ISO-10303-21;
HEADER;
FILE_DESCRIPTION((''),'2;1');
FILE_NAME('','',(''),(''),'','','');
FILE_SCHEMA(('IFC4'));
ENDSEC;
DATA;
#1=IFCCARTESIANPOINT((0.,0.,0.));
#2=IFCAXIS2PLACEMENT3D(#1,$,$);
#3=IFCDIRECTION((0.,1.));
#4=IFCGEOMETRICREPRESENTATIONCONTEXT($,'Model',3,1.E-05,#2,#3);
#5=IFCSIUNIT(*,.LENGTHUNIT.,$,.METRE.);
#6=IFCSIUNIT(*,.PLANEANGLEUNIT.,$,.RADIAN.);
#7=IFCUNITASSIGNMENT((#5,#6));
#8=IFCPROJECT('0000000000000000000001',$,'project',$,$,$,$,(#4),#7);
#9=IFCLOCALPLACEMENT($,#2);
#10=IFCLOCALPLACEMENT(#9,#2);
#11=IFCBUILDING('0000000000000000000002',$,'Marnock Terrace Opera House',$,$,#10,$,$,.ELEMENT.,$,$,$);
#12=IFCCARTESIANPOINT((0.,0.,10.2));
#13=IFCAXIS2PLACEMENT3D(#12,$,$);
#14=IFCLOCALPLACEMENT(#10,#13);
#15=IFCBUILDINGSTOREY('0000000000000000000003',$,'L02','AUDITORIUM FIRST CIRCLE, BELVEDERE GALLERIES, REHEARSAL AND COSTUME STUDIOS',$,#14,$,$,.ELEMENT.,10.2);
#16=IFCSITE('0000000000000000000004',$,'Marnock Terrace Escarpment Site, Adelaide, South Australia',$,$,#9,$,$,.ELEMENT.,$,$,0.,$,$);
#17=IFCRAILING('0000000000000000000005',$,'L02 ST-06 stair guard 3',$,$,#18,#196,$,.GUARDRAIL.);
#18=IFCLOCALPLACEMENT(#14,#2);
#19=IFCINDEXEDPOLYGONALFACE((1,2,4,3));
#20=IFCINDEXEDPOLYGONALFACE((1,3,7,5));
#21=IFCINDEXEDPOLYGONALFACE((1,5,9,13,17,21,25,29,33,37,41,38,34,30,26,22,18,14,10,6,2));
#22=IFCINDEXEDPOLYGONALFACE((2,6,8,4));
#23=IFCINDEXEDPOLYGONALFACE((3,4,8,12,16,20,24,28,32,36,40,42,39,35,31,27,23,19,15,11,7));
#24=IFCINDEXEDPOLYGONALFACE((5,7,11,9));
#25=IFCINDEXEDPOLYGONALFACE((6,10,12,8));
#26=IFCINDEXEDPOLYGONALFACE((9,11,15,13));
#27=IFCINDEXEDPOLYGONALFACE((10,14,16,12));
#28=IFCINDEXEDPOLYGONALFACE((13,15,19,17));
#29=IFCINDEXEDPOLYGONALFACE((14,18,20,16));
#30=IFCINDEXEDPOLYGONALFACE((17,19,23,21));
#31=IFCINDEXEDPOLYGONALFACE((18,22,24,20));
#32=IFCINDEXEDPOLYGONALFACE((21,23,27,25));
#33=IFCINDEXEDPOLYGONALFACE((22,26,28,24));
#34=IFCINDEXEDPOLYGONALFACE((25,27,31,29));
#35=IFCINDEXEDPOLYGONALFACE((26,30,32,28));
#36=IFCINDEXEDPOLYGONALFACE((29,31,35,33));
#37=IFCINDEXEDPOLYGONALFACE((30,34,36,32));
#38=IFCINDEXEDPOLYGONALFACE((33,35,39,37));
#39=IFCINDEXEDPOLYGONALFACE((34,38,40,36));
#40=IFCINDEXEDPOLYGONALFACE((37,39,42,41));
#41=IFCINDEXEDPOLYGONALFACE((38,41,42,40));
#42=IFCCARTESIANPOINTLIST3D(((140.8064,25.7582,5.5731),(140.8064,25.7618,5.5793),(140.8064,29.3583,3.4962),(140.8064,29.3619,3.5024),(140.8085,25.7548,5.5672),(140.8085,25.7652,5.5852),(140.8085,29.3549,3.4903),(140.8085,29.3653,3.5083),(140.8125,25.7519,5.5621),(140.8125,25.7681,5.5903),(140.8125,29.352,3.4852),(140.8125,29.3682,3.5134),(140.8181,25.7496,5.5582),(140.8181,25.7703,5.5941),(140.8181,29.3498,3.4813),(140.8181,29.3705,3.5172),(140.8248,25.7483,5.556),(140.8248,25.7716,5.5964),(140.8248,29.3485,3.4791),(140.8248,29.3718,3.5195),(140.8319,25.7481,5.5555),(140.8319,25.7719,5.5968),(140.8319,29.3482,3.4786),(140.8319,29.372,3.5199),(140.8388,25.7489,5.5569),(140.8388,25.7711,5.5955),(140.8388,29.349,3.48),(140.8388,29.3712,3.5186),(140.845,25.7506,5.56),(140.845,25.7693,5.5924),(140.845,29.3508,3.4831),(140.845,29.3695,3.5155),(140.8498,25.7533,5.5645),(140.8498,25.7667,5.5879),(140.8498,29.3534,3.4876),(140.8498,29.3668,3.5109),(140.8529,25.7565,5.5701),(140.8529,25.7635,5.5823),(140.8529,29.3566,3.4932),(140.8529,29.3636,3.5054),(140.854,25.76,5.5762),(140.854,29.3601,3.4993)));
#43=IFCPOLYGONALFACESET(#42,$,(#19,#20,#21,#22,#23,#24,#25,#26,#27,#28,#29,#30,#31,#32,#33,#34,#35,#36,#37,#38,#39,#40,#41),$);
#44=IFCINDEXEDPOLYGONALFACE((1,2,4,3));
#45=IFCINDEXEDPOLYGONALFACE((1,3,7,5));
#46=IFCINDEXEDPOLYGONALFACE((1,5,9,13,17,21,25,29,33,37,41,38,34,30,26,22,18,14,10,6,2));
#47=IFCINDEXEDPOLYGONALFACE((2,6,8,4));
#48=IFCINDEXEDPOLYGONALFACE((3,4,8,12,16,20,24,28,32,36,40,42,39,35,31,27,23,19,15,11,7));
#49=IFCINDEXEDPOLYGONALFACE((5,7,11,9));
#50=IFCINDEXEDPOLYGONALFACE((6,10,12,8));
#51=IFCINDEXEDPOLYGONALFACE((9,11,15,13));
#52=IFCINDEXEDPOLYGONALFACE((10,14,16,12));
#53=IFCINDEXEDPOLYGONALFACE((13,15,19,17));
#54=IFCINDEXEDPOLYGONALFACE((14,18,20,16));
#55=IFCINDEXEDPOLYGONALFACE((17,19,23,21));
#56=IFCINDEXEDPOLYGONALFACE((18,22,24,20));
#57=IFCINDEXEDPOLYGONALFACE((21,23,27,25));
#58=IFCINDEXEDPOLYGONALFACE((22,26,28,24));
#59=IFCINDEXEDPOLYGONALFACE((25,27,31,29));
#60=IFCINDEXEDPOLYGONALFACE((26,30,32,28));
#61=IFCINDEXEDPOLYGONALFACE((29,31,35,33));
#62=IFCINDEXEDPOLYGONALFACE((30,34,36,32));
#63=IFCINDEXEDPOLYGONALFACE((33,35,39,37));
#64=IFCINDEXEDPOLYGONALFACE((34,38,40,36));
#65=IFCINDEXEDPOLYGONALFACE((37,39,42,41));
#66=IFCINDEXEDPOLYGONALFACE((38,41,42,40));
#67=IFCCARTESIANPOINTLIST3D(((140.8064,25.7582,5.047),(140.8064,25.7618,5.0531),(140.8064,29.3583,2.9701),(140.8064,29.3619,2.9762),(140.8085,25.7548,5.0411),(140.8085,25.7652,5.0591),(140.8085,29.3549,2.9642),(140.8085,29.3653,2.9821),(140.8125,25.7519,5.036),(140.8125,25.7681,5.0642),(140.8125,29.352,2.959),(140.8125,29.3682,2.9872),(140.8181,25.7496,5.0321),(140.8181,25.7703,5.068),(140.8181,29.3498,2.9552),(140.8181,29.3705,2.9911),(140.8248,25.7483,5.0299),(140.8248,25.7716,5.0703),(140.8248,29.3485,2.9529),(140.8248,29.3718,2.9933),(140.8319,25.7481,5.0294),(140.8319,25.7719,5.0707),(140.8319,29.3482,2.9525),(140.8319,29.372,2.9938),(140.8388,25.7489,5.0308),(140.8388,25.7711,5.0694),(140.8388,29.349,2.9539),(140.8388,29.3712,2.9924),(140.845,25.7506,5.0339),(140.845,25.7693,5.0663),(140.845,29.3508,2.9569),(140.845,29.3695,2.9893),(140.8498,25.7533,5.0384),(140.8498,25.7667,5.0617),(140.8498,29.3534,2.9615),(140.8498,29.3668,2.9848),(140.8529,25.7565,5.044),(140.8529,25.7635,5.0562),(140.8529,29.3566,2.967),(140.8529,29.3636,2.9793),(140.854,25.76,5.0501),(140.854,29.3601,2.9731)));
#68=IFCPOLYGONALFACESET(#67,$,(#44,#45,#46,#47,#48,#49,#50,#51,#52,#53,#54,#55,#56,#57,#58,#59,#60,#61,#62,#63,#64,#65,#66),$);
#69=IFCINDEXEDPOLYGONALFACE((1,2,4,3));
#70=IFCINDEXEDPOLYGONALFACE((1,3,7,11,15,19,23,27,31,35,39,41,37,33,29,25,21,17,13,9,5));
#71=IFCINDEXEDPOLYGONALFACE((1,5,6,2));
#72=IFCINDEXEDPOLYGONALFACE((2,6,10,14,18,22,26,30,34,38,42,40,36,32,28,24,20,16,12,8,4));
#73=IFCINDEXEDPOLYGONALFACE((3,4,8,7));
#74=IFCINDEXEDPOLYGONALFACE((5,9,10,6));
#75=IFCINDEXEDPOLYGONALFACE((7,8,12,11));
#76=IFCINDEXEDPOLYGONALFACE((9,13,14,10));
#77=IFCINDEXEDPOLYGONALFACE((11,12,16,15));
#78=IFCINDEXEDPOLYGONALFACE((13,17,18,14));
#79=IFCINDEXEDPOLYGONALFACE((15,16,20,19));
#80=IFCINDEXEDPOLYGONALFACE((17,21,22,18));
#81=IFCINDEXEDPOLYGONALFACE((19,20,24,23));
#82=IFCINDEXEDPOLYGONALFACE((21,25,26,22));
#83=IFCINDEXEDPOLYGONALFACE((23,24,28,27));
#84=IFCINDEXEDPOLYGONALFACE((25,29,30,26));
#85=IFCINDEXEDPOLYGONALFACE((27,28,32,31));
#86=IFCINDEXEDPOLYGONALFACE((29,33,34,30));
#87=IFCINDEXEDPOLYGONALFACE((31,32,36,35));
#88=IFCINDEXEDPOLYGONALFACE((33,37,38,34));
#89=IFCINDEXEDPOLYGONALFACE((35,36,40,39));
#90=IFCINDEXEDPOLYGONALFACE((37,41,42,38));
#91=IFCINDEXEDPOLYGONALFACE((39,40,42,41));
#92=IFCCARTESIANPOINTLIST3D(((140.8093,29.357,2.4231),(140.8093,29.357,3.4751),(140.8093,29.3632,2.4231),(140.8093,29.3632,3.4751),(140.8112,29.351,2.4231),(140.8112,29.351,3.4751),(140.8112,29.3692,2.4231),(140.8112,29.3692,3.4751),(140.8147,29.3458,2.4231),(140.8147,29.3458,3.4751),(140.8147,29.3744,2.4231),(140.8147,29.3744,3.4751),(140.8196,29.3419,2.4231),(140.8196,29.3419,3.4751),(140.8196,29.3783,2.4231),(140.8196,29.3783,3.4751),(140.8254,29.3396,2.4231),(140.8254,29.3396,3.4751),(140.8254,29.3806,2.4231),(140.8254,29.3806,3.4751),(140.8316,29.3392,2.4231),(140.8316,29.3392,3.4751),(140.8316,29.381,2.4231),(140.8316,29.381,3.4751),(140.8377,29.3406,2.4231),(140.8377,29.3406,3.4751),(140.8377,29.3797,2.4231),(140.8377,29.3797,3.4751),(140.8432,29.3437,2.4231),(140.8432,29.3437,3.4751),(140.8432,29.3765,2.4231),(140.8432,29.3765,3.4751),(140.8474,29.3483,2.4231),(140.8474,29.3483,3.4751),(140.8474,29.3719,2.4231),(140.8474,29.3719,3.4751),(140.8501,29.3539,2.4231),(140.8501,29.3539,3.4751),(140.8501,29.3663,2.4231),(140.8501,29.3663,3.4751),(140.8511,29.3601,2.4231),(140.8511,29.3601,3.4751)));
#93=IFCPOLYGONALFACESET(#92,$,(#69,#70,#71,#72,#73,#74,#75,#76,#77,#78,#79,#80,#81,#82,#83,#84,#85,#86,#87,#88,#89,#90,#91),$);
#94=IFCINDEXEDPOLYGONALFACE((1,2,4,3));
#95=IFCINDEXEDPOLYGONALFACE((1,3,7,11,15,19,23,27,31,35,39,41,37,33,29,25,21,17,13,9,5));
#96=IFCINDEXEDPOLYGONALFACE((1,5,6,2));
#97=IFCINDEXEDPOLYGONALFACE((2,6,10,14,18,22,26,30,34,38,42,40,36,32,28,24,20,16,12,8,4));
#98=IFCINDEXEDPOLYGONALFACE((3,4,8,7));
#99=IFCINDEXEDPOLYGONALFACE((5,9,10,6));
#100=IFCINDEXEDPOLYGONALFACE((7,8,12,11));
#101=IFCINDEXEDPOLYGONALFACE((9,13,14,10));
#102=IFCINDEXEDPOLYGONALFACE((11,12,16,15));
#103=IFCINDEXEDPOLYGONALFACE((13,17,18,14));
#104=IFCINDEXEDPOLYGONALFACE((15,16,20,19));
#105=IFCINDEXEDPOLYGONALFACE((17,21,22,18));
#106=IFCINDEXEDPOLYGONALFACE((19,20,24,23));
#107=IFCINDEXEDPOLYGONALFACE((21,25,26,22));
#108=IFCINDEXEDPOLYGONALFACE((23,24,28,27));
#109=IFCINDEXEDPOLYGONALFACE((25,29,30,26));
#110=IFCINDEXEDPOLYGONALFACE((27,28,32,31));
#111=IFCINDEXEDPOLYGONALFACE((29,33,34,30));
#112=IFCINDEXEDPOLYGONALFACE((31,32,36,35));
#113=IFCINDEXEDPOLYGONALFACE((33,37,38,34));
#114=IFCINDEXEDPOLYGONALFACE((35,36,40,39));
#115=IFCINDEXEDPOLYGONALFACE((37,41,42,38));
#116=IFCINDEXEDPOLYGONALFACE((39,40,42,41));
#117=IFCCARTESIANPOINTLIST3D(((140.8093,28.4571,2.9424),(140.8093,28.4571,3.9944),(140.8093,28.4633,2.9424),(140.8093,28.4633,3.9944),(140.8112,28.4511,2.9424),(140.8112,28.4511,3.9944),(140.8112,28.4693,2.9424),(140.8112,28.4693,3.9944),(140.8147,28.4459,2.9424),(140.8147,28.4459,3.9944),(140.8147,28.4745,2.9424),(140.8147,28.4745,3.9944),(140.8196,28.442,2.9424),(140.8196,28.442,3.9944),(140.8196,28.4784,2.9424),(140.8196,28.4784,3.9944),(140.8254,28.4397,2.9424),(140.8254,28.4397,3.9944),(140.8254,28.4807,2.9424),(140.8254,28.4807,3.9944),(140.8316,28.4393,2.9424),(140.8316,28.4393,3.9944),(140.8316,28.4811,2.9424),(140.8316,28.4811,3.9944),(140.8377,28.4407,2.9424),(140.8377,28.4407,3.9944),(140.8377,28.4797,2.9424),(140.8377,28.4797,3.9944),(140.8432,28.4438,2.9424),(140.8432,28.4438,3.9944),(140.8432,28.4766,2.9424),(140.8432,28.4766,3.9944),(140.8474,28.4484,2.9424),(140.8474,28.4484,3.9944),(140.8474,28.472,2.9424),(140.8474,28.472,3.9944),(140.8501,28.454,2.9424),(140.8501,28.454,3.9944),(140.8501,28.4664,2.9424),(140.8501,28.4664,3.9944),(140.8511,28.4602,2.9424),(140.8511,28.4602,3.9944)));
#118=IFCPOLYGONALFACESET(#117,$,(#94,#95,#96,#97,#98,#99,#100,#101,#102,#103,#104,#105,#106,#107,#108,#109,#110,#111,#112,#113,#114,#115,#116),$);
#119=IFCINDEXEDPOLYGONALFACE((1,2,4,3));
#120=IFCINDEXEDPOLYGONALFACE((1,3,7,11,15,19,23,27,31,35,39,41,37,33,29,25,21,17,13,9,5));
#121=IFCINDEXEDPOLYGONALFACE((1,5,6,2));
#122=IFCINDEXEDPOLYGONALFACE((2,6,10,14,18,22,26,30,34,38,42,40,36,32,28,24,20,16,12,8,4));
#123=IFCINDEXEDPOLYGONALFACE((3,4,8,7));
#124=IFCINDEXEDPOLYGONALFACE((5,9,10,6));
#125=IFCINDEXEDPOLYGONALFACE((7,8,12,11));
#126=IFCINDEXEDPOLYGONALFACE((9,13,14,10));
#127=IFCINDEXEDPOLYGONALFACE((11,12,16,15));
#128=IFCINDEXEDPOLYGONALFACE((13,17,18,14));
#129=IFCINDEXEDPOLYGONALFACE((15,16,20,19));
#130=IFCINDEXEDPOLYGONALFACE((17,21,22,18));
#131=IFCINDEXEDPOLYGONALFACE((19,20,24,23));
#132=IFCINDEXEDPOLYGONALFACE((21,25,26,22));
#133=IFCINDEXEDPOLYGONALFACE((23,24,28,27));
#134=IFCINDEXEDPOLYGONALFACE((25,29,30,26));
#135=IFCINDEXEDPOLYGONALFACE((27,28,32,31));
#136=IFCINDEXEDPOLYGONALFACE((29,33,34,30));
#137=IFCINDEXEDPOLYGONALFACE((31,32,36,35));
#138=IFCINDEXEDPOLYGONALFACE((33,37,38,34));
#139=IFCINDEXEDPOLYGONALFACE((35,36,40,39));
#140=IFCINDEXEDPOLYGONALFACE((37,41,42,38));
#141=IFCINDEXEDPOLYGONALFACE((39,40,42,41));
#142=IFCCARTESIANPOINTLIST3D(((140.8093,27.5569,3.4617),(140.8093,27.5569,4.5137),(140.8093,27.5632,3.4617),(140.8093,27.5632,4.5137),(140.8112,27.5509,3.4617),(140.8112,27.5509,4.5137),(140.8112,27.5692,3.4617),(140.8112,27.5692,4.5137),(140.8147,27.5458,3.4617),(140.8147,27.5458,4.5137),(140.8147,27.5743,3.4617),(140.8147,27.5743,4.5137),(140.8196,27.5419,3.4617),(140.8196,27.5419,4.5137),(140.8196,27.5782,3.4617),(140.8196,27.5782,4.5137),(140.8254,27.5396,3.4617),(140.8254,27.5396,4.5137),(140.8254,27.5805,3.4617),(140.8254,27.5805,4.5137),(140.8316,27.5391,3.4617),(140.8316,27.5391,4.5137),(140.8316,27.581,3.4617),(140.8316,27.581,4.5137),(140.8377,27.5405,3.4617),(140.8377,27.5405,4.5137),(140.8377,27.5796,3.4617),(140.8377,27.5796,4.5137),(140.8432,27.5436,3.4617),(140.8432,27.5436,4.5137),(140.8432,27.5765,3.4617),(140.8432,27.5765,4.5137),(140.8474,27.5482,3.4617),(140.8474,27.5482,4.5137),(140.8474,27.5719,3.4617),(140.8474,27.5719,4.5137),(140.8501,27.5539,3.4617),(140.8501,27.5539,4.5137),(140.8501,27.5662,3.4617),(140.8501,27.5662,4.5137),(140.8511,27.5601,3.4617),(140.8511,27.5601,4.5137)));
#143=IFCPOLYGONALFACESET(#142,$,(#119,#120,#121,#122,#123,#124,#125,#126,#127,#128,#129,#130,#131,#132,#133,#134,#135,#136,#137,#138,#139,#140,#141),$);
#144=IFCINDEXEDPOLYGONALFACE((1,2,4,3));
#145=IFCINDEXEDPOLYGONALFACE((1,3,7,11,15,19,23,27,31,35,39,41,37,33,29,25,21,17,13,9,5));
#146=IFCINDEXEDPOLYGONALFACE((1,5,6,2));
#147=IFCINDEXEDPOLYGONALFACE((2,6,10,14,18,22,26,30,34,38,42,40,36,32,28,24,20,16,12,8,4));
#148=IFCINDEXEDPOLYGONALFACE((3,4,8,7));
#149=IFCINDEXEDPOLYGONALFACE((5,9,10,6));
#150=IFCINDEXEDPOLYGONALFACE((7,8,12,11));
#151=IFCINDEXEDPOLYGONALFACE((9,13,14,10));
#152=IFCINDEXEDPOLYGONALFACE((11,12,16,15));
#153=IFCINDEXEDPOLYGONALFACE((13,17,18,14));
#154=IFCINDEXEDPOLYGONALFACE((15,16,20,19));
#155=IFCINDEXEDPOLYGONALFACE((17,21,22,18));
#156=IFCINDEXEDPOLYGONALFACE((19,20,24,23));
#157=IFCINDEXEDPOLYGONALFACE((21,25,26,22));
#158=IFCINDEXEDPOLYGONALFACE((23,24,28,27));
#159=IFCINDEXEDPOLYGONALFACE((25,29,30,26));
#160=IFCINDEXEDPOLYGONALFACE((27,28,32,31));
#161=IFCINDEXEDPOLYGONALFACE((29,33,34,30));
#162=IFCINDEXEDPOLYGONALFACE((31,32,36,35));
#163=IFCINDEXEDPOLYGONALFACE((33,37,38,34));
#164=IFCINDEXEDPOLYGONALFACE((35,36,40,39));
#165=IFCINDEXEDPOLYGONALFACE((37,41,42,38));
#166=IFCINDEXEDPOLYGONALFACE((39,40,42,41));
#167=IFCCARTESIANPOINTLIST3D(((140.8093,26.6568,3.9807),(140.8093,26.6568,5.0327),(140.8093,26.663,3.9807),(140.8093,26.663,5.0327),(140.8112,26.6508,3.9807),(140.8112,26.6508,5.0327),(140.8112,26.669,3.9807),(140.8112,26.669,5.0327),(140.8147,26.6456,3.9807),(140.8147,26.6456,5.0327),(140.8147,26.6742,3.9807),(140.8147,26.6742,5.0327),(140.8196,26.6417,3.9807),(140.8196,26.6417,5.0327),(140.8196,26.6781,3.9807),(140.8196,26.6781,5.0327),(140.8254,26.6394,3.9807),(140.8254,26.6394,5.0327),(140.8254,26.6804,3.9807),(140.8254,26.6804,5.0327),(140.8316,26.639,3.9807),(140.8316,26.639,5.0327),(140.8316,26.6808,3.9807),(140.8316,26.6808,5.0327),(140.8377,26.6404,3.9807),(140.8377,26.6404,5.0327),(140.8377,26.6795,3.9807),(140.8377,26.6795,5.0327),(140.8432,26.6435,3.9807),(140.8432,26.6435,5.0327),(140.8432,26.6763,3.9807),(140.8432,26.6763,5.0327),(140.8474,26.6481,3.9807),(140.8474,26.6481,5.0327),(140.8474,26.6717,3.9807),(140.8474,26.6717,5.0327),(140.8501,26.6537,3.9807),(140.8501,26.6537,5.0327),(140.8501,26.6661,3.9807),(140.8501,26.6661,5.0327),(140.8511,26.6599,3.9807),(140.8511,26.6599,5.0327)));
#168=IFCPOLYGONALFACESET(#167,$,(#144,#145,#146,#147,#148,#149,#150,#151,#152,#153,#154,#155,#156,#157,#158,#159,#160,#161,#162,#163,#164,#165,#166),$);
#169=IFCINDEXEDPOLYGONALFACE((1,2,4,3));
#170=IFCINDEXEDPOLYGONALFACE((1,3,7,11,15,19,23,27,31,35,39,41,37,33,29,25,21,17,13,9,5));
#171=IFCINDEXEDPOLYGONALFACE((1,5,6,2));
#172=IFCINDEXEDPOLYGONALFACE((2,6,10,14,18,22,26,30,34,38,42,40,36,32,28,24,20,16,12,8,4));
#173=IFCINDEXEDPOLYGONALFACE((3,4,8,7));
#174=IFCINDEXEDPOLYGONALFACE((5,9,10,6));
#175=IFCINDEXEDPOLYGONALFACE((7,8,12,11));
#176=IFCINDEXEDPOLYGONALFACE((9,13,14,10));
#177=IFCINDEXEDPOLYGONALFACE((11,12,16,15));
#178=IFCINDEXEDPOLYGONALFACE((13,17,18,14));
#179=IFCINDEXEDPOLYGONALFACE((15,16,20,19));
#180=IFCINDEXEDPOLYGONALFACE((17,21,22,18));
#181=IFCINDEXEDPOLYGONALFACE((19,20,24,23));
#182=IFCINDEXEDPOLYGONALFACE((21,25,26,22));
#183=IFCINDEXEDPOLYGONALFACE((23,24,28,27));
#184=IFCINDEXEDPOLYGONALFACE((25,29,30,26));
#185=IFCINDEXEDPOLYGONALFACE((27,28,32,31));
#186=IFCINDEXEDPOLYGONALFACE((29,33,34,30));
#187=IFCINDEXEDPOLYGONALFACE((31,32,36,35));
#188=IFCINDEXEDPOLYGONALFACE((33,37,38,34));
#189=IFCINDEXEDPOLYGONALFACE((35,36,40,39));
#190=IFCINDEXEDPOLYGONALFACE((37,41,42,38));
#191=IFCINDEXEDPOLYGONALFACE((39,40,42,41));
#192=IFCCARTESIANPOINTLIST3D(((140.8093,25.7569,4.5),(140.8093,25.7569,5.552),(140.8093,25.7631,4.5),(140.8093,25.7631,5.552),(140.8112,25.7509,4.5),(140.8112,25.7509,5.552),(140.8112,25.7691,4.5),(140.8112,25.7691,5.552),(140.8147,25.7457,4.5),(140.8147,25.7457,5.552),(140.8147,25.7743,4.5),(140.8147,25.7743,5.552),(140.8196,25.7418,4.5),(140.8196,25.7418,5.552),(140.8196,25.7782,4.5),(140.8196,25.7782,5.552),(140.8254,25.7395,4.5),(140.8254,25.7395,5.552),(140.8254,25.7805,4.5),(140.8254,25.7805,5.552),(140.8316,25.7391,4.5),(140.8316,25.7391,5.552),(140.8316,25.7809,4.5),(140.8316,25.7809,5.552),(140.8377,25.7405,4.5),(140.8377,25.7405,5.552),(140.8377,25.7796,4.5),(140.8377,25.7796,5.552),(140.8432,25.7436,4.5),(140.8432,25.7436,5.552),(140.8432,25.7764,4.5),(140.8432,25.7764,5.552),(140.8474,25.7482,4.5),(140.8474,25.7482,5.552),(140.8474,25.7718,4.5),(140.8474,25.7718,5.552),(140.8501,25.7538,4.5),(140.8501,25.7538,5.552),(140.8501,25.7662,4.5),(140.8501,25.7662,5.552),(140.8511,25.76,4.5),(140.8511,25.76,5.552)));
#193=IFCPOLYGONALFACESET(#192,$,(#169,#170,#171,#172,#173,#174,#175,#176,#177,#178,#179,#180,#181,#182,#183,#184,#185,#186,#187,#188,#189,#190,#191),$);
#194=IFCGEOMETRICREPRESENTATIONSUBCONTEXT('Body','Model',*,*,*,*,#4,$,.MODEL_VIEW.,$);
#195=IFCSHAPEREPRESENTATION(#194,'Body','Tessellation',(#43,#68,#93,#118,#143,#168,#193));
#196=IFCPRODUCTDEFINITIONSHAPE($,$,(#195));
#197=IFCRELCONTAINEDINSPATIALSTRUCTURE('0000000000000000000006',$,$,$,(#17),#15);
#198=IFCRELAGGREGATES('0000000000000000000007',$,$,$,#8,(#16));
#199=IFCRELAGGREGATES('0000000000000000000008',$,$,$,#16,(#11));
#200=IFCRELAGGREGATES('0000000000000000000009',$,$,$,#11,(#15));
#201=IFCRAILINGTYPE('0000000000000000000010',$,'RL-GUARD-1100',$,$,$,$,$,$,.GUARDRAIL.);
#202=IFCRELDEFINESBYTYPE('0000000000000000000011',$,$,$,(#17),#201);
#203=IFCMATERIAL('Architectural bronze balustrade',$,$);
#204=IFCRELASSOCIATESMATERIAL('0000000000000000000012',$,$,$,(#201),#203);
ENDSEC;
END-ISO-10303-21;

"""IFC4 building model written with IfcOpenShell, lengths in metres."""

from ifc_helpers import new_model, si_unit, direction, frame, origin, origin_2d, place, context, subcontext, project, spatial, circle, extrude, material, type_object, element, save


model = new_model("IFC4")

# Units and contexts
model_context = context("Model", 3, precision=1e-05, world=origin(), true_north=direction((0.0, 1.0)))
body_context = subcontext(model_context, "Body", "Model", "MODEL_VIEW")
ifc_project = project(units=[si_unit("LENGTHUNIT", "METRE"), si_unit("PLANEANGLEUNIT", "RADIAN")], contexts=[model_context])

# Site, building, storey
site_placement = place(None, origin())
site = spatial("IfcSite", under=ifc_project, at=site_placement, Name="Marnock Terrace Escarpment Site, Adelaide, South Australia", CompositionType="ELEMENT", RefElevation=0.0)
building_placement = place(site_placement, origin())
building = spatial("IfcBuilding", under=site, at=building_placement, Name="Marnock Terrace Opera House", CompositionType="ELEMENT")
storey_placement = place(building_placement, frame((0.0, 0.0, 10.2)))
storey = spatial("IfcBuildingStorey", under=building, at=storey_placement, Name="L02", Description="AUDITORIUM FIRST CIRCLE, BELVEDERE GALLERIES, REHEARSAL AND COSTUME STUDIOS", CompositionType="ELEMENT", Elevation=10.2)

# Railing
ifc_material_1 = material(Name="Architectural bronze balustrade")
railing_type_1 = type_object("IfcRailingType", Name="RL-GUARD-1100", PredefinedType="GUARDRAIL", material=ifc_material_1)
railing_1_placement = place(storey_placement, frame((140.8301, 29.3601, 2.4231)))
element("IfcRailing", 1, at=railing_1_placement, inside=storey, type_object=railing_type_1, Name="L02 ST-06 stair guard 3", PredefinedType="GUARDRAIL", context=body_context, shape_type="SweptSolid", body=[
    extrude(circle(Radius=0.0239, at=origin_2d()), frame((0.0, 0.0, 1.0762), z_axis=(0.0, -0.866193, 0.499709), x_axis=(1.0, 0.0, 0.0)), (0.0, 0.0, 1.0), 4.1562),
    extrude(circle(Radius=0.0239, at=origin_2d()), frame((0.0, 0.0, 0.55), z_axis=(0.0, -0.866193, 0.499709), x_axis=(1.0, 0.0, 0.0)), (0.0, 0.0, 1.0), 4.1562),
    extrude(circle(Radius=0.021, at=origin_2d()), origin(), (0.0, 0.0, 1.0), 1.052),
    extrude(circle(Radius=0.021, at=origin_2d()), frame((0.0, -0.8999, 0.5193)), (0.0, 0.0, 1.0), 1.052),
    extrude(circle(Radius=0.021, at=origin_2d()), frame((0.0, -1.8, 1.0386)), (0.0, 0.0, 1.0), 1.052),
    extrude(circle(Radius=0.021, at=origin_2d()), frame((0.0, -2.7002, 1.5576)), (0.0, 0.0, 1.0), 1.052),
    extrude(circle(Radius=0.021, at=origin_2d()), frame((0.0, -3.6001, 2.0769)), (0.0, 0.0, 1.0), 1.052),
])

save(model, "model.ifc")
